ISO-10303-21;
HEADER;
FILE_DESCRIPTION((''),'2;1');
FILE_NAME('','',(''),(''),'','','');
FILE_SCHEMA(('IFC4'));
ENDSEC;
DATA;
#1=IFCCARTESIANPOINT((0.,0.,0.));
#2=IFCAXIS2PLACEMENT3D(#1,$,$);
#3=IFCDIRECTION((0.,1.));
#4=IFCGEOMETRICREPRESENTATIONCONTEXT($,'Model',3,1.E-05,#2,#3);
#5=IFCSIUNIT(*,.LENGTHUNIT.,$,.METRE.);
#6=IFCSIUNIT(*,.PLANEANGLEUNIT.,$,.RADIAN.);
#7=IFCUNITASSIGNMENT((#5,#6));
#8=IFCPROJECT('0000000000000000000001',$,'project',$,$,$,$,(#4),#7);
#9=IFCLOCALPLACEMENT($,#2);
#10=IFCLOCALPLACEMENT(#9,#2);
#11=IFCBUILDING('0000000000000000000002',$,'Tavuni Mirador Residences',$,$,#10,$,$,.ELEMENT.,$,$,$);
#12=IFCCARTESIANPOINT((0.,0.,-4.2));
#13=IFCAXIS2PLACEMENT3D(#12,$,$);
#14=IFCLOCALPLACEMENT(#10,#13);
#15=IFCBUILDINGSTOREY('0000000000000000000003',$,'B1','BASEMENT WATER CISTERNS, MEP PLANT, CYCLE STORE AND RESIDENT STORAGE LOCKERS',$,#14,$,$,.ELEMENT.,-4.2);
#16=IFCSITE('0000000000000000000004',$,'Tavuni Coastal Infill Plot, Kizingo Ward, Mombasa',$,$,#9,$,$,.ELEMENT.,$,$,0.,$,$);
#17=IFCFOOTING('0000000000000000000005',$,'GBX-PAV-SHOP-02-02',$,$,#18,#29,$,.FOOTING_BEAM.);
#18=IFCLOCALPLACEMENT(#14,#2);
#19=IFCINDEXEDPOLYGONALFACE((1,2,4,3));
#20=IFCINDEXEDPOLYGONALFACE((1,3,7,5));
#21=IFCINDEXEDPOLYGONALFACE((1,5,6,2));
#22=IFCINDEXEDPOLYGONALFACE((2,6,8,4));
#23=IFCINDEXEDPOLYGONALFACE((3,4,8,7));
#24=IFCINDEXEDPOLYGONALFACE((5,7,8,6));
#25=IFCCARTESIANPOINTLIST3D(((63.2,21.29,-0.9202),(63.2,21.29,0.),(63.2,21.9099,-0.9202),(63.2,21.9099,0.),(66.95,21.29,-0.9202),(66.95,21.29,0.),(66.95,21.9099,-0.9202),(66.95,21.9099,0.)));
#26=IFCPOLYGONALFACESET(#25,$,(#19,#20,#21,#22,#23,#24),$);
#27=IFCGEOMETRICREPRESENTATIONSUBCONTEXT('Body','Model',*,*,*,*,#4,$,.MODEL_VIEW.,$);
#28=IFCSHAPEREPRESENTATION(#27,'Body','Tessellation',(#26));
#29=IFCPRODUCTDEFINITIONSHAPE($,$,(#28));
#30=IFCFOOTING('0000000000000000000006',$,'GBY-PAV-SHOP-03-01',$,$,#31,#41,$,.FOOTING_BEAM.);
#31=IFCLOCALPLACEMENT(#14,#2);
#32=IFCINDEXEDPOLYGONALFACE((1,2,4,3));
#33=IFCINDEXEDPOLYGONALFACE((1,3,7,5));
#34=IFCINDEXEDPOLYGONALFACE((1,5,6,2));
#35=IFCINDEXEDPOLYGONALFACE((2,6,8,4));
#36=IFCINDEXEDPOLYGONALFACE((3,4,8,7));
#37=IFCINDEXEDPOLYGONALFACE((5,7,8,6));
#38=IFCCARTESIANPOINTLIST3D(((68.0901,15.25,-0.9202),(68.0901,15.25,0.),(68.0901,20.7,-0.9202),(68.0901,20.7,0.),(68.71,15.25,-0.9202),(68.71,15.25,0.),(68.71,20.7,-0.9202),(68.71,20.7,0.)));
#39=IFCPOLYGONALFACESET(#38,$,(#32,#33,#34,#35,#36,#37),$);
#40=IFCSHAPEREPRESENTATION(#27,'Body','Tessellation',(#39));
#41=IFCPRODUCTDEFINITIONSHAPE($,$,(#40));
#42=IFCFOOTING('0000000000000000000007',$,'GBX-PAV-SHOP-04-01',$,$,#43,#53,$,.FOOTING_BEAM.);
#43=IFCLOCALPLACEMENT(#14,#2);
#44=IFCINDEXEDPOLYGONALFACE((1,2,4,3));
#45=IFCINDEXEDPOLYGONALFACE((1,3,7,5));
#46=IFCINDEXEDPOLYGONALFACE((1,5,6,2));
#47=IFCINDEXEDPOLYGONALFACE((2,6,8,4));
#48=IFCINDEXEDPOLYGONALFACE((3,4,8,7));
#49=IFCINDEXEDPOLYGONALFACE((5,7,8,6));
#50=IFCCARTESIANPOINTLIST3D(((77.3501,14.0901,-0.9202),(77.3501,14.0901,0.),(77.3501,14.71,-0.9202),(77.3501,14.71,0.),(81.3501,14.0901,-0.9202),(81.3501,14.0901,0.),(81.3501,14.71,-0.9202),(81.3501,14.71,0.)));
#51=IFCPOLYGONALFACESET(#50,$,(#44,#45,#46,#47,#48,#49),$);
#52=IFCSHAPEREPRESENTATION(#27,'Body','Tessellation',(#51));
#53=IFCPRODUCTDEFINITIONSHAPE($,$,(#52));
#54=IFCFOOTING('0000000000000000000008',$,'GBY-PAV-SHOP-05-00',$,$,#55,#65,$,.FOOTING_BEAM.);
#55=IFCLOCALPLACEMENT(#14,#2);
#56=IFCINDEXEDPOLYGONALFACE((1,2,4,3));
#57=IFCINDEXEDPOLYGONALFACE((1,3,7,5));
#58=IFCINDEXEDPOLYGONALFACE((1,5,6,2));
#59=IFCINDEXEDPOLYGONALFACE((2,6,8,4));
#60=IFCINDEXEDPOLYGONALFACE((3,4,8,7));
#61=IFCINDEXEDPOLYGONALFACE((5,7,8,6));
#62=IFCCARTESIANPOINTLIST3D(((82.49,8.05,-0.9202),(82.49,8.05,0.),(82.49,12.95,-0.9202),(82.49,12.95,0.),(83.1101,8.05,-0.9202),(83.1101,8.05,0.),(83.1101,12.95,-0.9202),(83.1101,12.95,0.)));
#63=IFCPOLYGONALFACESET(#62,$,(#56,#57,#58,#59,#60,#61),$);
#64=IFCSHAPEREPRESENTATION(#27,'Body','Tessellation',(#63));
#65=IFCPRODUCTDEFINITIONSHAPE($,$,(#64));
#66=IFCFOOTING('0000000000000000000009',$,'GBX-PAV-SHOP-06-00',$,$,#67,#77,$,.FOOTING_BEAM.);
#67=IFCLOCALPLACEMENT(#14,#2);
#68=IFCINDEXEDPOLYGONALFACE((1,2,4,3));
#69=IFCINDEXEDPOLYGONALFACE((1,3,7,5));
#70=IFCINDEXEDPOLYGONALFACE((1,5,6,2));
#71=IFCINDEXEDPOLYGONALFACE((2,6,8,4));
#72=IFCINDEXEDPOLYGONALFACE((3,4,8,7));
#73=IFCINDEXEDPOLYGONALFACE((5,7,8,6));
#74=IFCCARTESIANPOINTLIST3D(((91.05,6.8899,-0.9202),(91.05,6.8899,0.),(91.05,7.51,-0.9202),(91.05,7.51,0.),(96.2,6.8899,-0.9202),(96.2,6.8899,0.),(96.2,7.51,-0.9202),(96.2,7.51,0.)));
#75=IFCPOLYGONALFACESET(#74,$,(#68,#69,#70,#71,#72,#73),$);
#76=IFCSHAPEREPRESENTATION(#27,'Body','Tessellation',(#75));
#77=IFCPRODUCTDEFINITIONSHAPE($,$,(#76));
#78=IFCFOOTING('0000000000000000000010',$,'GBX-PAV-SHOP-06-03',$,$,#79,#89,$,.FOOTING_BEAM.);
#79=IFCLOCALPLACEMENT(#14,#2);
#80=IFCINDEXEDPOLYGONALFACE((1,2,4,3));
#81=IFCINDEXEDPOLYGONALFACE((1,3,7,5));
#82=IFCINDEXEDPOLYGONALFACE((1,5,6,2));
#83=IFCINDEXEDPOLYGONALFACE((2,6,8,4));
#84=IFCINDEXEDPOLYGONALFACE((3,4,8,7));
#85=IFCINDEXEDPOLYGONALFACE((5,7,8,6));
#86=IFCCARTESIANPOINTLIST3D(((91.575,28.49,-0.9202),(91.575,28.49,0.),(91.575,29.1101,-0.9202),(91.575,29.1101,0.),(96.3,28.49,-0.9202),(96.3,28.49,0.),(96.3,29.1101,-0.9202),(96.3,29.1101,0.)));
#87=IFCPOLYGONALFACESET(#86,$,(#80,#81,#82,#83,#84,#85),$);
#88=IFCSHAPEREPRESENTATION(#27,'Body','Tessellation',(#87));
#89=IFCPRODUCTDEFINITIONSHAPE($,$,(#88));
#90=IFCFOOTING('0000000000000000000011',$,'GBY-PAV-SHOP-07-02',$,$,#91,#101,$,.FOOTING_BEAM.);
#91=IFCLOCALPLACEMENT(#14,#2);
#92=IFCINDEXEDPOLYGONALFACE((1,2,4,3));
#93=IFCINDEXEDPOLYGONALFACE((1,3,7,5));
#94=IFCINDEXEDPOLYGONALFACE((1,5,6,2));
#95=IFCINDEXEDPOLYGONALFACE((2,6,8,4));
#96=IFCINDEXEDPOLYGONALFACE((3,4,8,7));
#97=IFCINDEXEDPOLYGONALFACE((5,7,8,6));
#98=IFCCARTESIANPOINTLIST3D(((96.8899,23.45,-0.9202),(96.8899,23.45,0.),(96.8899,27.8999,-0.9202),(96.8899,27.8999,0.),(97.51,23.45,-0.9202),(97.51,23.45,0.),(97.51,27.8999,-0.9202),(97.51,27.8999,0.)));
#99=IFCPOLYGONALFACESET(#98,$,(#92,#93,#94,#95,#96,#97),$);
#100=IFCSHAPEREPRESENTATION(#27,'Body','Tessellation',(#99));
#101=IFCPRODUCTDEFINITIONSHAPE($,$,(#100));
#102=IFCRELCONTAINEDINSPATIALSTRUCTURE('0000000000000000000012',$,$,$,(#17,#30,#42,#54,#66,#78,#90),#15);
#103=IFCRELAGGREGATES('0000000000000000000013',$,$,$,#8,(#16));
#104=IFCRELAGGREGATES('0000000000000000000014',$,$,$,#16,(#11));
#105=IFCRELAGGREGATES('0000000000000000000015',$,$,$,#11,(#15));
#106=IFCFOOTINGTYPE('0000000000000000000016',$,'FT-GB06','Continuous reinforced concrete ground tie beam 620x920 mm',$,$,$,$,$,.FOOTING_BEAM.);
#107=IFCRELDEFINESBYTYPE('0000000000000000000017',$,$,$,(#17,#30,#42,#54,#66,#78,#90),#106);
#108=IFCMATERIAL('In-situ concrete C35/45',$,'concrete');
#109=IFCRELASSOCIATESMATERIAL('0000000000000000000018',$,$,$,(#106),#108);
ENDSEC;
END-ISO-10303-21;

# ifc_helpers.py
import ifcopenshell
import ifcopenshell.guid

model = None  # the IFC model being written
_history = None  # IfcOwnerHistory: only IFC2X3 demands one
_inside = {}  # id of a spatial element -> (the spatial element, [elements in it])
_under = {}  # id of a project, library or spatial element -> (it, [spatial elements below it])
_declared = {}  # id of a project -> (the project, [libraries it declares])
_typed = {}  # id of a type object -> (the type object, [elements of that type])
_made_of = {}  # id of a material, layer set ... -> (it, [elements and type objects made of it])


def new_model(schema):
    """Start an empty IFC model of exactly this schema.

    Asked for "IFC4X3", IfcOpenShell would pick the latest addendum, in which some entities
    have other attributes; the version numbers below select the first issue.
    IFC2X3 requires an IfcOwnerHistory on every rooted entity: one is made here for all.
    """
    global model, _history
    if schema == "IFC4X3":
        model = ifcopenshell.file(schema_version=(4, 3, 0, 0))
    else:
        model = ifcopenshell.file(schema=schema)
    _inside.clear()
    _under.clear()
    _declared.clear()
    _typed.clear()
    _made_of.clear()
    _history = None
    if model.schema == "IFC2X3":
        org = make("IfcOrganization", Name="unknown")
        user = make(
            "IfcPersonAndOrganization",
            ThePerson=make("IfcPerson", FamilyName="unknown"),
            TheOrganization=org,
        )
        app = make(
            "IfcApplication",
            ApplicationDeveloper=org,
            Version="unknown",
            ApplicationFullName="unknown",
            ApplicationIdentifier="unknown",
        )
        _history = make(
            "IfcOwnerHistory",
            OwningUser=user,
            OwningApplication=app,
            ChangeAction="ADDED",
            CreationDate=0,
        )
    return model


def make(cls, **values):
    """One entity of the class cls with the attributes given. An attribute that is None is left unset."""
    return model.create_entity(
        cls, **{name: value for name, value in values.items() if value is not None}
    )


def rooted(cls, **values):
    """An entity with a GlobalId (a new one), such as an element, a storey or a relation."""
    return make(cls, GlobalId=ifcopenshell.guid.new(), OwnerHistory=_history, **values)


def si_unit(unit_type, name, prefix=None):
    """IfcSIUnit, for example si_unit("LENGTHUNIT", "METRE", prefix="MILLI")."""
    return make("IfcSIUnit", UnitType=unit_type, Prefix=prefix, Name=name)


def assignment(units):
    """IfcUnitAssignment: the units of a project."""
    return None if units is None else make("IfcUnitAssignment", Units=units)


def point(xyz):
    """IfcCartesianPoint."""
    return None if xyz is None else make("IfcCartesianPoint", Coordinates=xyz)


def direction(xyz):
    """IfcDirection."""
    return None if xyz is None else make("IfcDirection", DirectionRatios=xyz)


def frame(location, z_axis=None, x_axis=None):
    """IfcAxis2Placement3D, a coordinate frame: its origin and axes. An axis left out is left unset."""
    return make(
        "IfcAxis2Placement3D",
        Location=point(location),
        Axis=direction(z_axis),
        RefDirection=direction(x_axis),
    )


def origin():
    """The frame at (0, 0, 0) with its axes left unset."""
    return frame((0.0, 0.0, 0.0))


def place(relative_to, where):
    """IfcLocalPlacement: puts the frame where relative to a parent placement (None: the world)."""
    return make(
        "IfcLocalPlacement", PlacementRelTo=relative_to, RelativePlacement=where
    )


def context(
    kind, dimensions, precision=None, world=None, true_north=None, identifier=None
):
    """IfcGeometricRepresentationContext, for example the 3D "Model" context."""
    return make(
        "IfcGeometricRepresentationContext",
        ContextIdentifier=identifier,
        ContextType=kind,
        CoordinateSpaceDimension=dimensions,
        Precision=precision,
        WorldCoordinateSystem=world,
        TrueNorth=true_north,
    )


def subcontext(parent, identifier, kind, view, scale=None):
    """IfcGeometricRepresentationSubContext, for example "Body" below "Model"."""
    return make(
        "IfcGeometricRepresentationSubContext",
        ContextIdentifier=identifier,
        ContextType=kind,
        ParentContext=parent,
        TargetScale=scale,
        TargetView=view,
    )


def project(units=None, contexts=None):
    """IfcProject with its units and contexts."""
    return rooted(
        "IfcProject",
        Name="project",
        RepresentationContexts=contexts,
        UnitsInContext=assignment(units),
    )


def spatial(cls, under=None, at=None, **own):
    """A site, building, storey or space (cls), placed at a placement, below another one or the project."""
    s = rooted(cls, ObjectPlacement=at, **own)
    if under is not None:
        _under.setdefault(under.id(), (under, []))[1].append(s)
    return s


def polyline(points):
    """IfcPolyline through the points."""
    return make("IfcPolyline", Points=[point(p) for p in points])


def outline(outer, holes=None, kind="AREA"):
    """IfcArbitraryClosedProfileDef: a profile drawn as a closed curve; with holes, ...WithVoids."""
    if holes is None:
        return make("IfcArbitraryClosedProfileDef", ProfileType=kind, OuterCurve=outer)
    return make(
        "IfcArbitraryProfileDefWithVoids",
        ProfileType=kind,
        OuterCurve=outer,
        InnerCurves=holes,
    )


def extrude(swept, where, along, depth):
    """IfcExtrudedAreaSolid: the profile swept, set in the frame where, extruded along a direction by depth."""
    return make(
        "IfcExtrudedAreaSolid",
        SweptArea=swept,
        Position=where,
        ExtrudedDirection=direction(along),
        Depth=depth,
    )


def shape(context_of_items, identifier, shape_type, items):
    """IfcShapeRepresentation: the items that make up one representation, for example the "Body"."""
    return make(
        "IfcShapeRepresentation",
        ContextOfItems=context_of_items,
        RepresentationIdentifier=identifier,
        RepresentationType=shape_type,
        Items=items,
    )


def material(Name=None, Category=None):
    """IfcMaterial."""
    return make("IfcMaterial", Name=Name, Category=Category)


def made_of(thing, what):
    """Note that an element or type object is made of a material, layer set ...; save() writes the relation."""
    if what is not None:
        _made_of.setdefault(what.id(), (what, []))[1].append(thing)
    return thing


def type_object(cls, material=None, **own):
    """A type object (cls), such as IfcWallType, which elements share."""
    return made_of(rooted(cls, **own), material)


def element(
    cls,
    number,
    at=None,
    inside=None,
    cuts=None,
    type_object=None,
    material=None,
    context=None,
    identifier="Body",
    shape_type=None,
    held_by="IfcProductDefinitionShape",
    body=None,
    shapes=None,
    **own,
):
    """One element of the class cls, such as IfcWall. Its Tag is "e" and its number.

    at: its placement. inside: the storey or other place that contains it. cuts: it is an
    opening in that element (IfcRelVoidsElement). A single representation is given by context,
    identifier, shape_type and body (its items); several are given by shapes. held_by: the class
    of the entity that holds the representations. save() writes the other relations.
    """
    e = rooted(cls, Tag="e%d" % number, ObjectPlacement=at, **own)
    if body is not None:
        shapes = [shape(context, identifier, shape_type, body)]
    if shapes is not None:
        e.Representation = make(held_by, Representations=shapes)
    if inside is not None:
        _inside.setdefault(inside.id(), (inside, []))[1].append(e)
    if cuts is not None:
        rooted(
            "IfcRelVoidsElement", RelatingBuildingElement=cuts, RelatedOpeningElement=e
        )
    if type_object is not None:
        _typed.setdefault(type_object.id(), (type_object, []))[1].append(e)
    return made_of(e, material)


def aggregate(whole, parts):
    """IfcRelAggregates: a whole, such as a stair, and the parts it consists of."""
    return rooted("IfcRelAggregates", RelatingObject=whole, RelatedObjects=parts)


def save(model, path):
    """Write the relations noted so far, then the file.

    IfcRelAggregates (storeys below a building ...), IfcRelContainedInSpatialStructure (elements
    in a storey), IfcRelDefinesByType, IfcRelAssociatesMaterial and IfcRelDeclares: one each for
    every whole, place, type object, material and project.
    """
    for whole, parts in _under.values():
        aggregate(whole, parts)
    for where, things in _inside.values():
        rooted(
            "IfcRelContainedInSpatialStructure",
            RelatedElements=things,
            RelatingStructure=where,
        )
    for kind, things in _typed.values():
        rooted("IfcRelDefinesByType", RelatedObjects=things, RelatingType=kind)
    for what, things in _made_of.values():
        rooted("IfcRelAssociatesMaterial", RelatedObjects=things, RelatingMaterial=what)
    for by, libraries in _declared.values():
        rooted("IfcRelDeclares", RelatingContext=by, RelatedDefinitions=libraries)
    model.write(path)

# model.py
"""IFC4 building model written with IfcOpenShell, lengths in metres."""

from ifc_helpers import new_model, si_unit, direction, frame, origin, place, context, subcontext, project, spatial, polyline, outline, extrude, material, type_object, element, save


model = new_model("IFC4")

# Units and contexts
model_context = context("Model", 3, precision=1e-05, world=origin(), true_north=direction((0.0, 1.0)))
body_context = subcontext(model_context, "Body", "Model", "MODEL_VIEW")
ifc_project = project(units=[si_unit("LENGTHUNIT", "METRE"), si_unit("PLANEANGLEUNIT", "RADIAN")], contexts=[model_context])

# Site, building, storey
site_placement = place(None, origin())
site = spatial("IfcSite", under=ifc_project, at=site_placement, Name="Tavuni Coastal Infill Plot, Kizingo Ward, Mombasa", CompositionType="ELEMENT", RefElevation=0.0)
building_placement = place(site_placement, origin())
building = spatial("IfcBuilding", under=site, at=building_placement, Name="Tavuni Mirador Residences", CompositionType="ELEMENT")
storey_placement = place(building_placement, frame((0.0, 0.0, -4.2)))
storey = spatial("IfcBuildingStorey", under=building, at=storey_placement, Name="B1", Description="BASEMENT WATER CISTERNS, MEP PLANT, CYCLE STORE AND RESIDENT STORAGE LOCKERS", CompositionType="ELEMENT", Elevation=-4.2)

# Footings
ifc_material = material(Name="In-situ concrete C35/45", Category="concrete")
footing_type_1 = type_object("IfcFootingType", Name="FT-GB06", Description="Continuous reinforced concrete ground tie beam 620x920 mm", PredefinedType="FOOTING_BEAM", material=ifc_material)
footing_1_placement = place(storey_placement, frame((0.0, 0.0, -0.9202)))
element("IfcFooting", 1, at=footing_1_placement, inside=storey, type_object=footing_type_1, Name="GBX-PAV-SHOP-02-02", PredefinedType="FOOTING_BEAM", context=body_context, shape_type="SweptSolid", body=[
    extrude(outline(polyline([(63.2, 21.29), (66.95, 21.29), (66.95, 21.9099), (63.2, 21.9099), (63.2, 21.29)])), origin(), (0.0, 0.0, 1.0), 0.9202),
])
footing_2_placement = place(storey_placement, frame((0.0, 0.0, -0.9202)))
element("IfcFooting", 2, at=footing_2_placement, inside=storey, type_object=footing_type_1, Name="GBY-PAV-SHOP-03-01", PredefinedType="FOOTING_BEAM", context=body_context, shape_type="SweptSolid", body=[
    extrude(outline(polyline([(68.0901, 15.25), (68.71, 15.25), (68.71, 20.7), (68.0901, 20.7), (68.0901, 15.25)])), origin(), (0.0, 0.0, 1.0), 0.9202),
])
footing_3_placement = place(storey_placement, frame((0.0, 0.0, -0.9202)))
element("IfcFooting", 3, at=footing_3_placement, inside=storey, type_object=footing_type_1, Name="GBX-PAV-SHOP-04-01", PredefinedType="FOOTING_BEAM", context=body_context, shape_type="SweptSolid", body=[
    extrude(outline(polyline([(77.3501, 14.0901), (81.3501, 14.0901), (81.3501, 14.71), (77.3501, 14.71), (77.3501, 14.0901)])), origin(), (0.0, 0.0, 1.0), 0.9202),
])
footing_4_placement = place(storey_placement, frame((0.0, 0.0, -0.9202)))
element("IfcFooting", 4, at=footing_4_placement, inside=storey, type_object=footing_type_1, Name="GBY-PAV-SHOP-05-00", PredefinedType="FOOTING_BEAM", context=body_context, shape_type="SweptSolid", body=[
    extrude(outline(polyline([(82.49, 8.05), (83.1101, 8.05), (83.1101, 12.95), (82.49, 12.95), (82.49, 8.05)])), origin(), (0.0, 0.0, 1.0), 0.9202),
])
footing_5_placement = place(storey_placement, frame((0.0, 0.0, -0.9202)))
element("IfcFooting", 5, at=footing_5_placement, inside=storey, type_object=footing_type_1, Name="GBX-PAV-SHOP-06-00", PredefinedType="FOOTING_BEAM", context=body_context, shape_type="SweptSolid", body=[
    extrude(outline(polyline([(91.05, 6.8899), (96.2, 6.8899), (96.2, 7.51), (91.05, 7.51), (91.05, 6.8899)])), origin(), (0.0, 0.0, 1.0), 0.9202),
])
footing_6_placement = place(storey_placement, frame((0.0, 0.0, -0.9202)))
element("IfcFooting", 6, at=footing_6_placement, inside=storey, type_object=footing_type_1, Name="GBX-PAV-SHOP-06-03", PredefinedType="FOOTING_BEAM", context=body_context, shape_type="SweptSolid", body=[
    extrude(outline(polyline([(91.575, 28.49), (96.3, 28.49), (96.3, 29.1101), (91.575, 29.1101), (91.575, 28.49)])), origin(), (0.0, 0.0, 1.0), 0.9202),
])
footing_7_placement = place(storey_placement, frame((0.0, 0.0, -0.9202)))
element("IfcFooting", 7, at=footing_7_placement, inside=storey, type_object=footing_type_1, Name="GBY-PAV-SHOP-07-02", PredefinedType="FOOTING_BEAM", context=body_context, shape_type="SweptSolid", body=[
    extrude(outline(polyline([(96.8899, 23.45), (97.51, 23.45), (97.51, 27.8999), (96.8899, 27.8999), (96.8899, 23.45)])), origin(), (0.0, 0.0, 1.0), 0.9202),
])

save(model, "model.ifc")
